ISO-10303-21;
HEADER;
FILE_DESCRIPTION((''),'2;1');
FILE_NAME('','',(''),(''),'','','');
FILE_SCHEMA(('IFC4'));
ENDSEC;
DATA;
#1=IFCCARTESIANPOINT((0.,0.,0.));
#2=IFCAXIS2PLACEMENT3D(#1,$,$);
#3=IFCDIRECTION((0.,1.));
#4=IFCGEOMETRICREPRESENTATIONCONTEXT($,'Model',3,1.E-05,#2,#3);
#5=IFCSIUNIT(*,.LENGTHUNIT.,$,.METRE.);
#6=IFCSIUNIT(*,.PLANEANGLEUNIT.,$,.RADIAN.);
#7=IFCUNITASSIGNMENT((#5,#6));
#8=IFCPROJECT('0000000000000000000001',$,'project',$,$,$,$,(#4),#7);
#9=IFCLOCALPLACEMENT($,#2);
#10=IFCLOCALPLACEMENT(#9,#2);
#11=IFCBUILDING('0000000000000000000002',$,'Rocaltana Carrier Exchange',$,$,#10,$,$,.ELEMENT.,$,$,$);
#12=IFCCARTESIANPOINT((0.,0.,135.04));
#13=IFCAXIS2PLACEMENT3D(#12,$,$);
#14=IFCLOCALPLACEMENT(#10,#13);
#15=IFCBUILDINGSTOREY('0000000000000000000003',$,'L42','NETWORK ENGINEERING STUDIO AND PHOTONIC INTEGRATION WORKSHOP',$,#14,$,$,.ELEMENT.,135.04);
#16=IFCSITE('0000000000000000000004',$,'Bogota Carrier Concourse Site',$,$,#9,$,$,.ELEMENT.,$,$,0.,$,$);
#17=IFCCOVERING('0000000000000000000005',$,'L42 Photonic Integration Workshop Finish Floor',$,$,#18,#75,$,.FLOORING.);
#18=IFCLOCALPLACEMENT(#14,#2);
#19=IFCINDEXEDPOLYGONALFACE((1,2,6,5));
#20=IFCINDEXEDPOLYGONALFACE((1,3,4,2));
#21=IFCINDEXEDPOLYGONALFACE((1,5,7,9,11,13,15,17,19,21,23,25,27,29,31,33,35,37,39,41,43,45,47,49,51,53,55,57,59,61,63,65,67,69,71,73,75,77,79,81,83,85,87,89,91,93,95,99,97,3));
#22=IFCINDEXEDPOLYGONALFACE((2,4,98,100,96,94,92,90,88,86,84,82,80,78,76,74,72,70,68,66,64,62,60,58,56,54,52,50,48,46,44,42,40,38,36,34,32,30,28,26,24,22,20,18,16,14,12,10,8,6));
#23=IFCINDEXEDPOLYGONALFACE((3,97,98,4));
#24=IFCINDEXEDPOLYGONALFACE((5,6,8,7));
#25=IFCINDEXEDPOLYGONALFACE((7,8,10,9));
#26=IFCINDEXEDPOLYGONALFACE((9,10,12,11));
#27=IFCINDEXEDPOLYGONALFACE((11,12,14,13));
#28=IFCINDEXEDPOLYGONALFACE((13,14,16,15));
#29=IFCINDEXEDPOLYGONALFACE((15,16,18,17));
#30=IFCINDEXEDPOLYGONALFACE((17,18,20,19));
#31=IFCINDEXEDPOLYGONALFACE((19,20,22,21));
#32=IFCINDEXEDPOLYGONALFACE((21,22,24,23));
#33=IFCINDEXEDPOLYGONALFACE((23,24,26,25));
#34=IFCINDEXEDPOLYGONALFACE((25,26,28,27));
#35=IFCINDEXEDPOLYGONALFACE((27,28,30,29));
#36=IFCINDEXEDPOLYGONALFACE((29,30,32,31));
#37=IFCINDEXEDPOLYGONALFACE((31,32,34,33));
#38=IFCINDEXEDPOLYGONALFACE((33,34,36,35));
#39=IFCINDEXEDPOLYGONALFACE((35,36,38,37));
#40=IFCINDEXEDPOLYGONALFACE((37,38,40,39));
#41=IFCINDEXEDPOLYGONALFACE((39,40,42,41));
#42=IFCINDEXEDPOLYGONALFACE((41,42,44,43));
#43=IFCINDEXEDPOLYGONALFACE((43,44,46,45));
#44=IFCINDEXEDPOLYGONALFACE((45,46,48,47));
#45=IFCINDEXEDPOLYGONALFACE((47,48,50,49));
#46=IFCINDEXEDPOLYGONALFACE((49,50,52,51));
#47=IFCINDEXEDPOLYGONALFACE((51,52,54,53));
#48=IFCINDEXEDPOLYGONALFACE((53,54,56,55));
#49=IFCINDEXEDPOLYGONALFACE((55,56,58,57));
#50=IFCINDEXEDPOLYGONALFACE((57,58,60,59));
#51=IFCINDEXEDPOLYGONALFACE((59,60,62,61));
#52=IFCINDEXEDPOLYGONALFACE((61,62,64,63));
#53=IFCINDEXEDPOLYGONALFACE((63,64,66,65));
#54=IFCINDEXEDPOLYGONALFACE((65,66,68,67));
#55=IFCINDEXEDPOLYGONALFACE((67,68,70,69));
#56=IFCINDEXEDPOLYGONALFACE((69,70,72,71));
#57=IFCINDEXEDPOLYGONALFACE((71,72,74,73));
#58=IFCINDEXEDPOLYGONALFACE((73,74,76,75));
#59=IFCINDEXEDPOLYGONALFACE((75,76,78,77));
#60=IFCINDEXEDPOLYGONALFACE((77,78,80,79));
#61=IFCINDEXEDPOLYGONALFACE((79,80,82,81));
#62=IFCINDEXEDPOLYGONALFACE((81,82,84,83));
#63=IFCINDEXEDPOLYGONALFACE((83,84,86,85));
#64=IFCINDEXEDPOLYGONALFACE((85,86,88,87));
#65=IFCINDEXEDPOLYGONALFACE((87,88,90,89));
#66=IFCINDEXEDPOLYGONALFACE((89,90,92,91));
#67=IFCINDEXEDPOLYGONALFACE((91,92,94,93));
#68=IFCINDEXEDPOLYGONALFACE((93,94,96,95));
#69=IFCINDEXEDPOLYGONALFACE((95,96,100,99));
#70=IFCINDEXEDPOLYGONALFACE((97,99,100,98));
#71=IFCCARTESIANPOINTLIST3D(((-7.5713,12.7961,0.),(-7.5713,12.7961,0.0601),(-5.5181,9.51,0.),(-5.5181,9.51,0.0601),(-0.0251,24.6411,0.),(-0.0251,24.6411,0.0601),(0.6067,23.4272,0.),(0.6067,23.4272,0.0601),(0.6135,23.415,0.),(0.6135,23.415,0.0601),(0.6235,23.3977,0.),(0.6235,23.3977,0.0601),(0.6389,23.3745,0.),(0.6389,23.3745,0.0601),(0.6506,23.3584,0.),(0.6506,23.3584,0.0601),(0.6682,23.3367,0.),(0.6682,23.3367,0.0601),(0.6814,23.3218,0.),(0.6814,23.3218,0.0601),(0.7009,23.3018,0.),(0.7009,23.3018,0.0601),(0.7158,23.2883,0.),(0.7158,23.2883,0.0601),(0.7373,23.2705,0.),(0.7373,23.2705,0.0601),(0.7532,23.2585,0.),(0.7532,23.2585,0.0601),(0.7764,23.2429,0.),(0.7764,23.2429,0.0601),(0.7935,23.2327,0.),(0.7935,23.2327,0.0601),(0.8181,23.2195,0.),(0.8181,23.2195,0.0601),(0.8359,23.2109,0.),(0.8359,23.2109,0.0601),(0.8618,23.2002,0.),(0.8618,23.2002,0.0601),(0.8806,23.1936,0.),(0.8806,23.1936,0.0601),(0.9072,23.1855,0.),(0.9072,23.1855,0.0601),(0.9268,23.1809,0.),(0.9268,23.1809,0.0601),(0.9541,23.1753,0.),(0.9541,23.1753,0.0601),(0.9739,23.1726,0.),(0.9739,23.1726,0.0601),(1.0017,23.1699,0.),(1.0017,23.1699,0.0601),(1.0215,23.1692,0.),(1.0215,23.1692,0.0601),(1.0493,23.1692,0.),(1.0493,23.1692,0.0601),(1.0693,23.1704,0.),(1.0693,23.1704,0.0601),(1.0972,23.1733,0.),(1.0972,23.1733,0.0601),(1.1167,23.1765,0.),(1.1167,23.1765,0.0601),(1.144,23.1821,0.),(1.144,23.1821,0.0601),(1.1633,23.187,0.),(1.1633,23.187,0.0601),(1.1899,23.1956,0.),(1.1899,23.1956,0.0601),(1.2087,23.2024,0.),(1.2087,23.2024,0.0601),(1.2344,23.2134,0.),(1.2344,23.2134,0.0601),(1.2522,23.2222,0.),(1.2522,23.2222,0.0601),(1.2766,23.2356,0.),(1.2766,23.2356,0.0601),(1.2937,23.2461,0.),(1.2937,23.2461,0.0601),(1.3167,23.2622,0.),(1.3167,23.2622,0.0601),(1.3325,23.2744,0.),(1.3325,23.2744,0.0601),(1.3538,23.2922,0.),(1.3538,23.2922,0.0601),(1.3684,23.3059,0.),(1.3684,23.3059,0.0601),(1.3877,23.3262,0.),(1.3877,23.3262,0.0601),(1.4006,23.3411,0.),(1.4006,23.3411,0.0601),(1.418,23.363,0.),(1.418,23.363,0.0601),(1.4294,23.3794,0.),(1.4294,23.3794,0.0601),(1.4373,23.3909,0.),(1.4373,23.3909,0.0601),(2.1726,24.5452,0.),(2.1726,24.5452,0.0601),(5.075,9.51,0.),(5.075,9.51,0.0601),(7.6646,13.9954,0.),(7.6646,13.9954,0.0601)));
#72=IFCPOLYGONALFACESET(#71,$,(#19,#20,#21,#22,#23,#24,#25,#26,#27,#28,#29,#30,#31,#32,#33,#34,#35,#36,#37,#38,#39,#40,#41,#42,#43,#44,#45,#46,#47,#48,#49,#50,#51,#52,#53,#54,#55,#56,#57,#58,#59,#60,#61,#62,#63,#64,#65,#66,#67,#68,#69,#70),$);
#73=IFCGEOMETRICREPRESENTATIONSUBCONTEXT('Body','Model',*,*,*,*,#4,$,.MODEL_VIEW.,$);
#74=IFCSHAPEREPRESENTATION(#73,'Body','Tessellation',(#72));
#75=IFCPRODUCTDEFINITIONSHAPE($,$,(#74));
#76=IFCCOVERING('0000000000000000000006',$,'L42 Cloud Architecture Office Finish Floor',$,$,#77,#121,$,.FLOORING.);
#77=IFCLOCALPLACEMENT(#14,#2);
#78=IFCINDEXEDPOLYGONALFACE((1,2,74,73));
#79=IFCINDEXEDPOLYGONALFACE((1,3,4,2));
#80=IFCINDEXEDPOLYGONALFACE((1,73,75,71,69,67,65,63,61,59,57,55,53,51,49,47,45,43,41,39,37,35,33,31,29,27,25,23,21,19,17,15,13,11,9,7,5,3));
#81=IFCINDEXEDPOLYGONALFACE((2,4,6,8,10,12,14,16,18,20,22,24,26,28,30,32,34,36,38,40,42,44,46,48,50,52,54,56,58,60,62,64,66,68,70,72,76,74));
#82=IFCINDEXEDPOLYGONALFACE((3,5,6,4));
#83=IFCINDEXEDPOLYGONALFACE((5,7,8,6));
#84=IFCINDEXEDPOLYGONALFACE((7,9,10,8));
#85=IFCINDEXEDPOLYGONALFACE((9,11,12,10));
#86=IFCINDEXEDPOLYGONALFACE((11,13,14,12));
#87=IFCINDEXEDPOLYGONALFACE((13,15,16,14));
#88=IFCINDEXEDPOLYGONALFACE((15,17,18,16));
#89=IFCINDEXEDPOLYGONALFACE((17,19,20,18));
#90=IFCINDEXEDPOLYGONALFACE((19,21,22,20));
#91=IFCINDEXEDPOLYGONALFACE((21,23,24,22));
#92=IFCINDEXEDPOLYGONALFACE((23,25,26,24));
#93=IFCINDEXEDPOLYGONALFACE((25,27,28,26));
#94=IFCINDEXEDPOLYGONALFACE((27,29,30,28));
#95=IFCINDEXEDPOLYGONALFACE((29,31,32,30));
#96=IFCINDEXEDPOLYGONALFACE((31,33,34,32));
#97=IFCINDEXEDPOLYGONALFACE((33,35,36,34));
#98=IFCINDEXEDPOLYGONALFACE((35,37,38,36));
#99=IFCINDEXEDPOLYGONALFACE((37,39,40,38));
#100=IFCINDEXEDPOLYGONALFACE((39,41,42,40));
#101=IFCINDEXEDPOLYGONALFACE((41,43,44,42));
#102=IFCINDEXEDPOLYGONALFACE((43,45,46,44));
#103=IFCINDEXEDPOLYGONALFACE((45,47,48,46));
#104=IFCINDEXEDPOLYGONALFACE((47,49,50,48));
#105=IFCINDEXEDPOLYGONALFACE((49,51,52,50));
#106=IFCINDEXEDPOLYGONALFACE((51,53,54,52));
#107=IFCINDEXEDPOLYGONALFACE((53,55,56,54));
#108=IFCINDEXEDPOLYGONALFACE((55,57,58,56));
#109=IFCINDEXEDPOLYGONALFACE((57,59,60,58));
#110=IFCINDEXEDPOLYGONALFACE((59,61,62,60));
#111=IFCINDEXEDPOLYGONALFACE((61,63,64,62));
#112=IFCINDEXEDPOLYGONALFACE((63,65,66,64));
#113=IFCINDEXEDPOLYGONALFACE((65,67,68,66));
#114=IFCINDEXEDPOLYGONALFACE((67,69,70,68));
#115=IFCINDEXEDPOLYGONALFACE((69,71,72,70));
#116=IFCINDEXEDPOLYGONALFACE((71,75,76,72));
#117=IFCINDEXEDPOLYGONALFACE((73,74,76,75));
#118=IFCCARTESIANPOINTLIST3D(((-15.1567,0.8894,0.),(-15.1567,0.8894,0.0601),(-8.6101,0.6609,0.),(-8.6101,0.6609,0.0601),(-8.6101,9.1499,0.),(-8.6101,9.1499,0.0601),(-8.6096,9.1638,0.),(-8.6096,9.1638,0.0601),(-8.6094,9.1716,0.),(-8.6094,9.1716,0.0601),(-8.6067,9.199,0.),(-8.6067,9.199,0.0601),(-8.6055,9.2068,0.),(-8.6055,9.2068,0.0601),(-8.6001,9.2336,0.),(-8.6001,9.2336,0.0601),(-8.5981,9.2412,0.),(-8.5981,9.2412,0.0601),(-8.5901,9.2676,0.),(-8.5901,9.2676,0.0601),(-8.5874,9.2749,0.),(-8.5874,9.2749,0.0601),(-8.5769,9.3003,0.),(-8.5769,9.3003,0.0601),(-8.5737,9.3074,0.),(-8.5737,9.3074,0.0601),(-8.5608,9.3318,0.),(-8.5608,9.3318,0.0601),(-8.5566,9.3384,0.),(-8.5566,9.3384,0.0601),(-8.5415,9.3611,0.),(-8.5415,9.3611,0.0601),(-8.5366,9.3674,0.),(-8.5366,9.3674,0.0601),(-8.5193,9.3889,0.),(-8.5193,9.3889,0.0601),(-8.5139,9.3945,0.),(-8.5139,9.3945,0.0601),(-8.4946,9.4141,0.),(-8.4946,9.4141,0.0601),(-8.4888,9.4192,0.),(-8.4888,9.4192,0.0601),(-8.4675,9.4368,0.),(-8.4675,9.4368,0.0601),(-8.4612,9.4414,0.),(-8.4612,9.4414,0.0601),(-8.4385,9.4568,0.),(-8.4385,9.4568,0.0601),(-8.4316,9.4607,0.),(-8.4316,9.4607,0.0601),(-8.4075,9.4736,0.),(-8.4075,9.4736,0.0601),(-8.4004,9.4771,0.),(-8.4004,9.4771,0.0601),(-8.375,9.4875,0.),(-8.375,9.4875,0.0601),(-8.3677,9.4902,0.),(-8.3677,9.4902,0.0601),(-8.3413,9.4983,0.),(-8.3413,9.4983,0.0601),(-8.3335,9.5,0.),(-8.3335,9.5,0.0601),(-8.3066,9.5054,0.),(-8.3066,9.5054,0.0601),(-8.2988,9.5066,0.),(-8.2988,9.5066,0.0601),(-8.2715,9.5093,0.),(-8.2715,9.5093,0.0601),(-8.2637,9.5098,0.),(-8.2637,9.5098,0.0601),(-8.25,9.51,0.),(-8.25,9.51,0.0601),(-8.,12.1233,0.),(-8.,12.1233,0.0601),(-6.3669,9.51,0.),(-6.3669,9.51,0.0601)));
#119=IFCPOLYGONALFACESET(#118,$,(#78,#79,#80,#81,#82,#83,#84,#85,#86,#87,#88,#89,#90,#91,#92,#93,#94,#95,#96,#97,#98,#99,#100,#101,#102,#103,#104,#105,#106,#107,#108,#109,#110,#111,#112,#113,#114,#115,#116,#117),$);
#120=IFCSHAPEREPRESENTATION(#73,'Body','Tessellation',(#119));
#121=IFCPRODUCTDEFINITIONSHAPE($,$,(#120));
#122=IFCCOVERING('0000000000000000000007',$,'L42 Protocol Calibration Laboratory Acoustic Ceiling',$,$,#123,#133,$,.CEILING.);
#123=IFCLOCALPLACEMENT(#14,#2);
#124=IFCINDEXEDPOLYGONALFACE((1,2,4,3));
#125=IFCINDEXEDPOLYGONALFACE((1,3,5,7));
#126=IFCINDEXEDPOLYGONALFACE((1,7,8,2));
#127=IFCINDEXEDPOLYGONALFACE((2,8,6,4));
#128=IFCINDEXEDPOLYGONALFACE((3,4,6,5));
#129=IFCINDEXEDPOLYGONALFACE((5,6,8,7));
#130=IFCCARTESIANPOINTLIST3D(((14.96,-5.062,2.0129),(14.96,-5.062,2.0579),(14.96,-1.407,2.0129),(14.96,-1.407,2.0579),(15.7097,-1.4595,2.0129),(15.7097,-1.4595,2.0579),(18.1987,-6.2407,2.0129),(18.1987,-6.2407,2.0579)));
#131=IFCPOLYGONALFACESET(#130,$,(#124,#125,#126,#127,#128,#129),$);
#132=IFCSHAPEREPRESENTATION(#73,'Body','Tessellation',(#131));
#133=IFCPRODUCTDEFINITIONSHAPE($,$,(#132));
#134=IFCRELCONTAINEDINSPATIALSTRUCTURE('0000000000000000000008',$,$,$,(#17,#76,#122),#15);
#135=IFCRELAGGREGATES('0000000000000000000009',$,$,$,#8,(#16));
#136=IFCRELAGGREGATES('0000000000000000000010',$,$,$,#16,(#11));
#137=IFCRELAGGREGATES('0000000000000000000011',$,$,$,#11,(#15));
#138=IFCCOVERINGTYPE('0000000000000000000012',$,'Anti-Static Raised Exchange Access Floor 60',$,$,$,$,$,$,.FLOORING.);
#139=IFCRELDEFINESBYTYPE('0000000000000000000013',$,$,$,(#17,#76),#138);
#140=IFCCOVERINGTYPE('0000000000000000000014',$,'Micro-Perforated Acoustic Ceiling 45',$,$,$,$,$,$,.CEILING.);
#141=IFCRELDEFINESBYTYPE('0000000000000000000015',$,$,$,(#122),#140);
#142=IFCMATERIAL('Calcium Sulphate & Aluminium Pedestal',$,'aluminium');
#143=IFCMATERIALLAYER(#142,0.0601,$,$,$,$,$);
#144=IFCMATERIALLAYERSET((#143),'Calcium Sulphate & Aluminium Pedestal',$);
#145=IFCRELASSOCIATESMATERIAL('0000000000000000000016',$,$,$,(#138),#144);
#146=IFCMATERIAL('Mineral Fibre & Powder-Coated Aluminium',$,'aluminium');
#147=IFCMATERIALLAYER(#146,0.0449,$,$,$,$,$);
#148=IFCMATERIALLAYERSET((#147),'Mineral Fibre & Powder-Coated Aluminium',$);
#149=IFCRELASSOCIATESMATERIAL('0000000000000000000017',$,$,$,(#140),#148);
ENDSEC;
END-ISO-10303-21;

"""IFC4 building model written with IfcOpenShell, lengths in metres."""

from ifc_helpers import new_model, si_unit, direction, frame, origin, place, context, subcontext, project, spatial, polyline, outline, extrude, material, layer, layer_set, type_object, element, save


model = new_model("IFC4")

# Units and contexts
model_context = context("Model", 3, precision=1e-05, world=origin(), true_north=direction((0.0, 1.0)))
body_context = subcontext(model_context, "Body", "Model", "MODEL_VIEW")
ifc_project = project(units=[si_unit("LENGTHUNIT", "METRE"), si_unit("PLANEANGLEUNIT", "RADIAN")], contexts=[model_context])

# Site, building, storey
site_placement = place(None, origin())
site = spatial("IfcSite", under=ifc_project, at=site_placement, Name="Bogota Carrier Concourse Site", CompositionType="ELEMENT", RefElevation=0.0)
building_placement = place(site_placement, origin())
building = spatial("IfcBuilding", under=site, at=building_placement, Name="Rocaltana Carrier Exchange", CompositionType="ELEMENT")
storey_placement = place(building_placement, frame((0.0, 0.0, 135.04)))
storey = spatial("IfcBuildingStorey", under=building, at=storey_placement, Name="L42", Description="NETWORK ENGINEERING STUDIO AND PHOTONIC INTEGRATION WORKSHOP", CompositionType="ELEMENT", Elevation=135.04)

# Coverings
ifc_material_1 = material(Name="Calcium Sulphate & Aluminium Pedestal", Category="aluminium")
ifc_layer_1 = layer(ifc_material_1, 0.0601)
ifc_layer_set_1 = layer_set([ifc_layer_1], Name="Calcium Sulphate & Aluminium Pedestal")
covering_type_1 = type_object("IfcCoveringType", Name="Anti-Static Raised Exchange Access Floor 60", PredefinedType="FLOORING", material=ifc_layer_set_1)
covering_1_placement = place(storey_placement, origin())
element("IfcCovering", 1, at=covering_1_placement, inside=storey, type_object=covering_type_1, Name="L42 Photonic Integration Workshop Finish Floor", PredefinedType="FLOORING", context=body_context, shape_type="SweptSolid", body=[
    extrude(outline(polyline([(-0.0251, 24.6411), (0.6067, 23.4272), (0.6135, 23.415), (0.6235, 23.3977), (0.6389, 23.3745), (0.6506, 23.3584), (0.6682, 23.3367), (0.6814, 23.3218), (0.7009, 23.3018), (0.7158, 23.2883), (0.7373, 23.2705), (0.7532, 23.2585), (0.7764, 23.2429), (0.7935, 23.2327), (0.8181, 23.2195), (0.8359, 23.2109), (0.8618, 23.2002), (0.8806, 23.1936), (0.9072, 23.1855), (0.9268, 23.1809), (0.9541, 23.1753), (0.9739, 23.1726), (1.0017, 23.1699), (1.0215, 23.1692), (1.0493, 23.1692), (1.0693, 23.1704), (1.0972, 23.1733), (1.1167, 23.1765), (1.144, 23.1821), (1.1633, 23.187), (1.1899, 23.1956), (1.2087, 23.2024), (1.2344, 23.2134), (1.2522, 23.2222), (1.2766, 23.2356), (1.2937, 23.2461), (1.3167, 23.2622), (1.3325, 23.2744), (1.3538, 23.2922), (1.3684, 23.3059), (1.3877, 23.3262), (1.4006, 23.3411), (1.418, 23.363), (1.4294, 23.3794), (1.4373, 23.3909), (2.1726, 24.5452), (7.6646, 13.9954), (5.075, 9.51), (-5.5181, 9.51), (-7.5713, 12.7961), (-0.0251, 24.6411)])), origin(), (0.0, 0.0, 1.0), 0.0601),
])
covering_2_placement = place(storey_placement, origin())
element("IfcCovering", 2, at=covering_2_placement, inside=storey, type_object=covering_type_1, Name="L42 Cloud Architecture Office Finish Floor", PredefinedType="FLOORING", context=body_context, shape_type="SweptSolid", body=[
    extrude(outline(polyline([(-8.0, 12.1233), (-6.3669, 9.51), (-8.25, 9.51), (-8.2637, 9.5098), (-8.2715, 9.5093), (-8.2988, 9.5066), (-8.3066, 9.5054), (-8.3335, 9.5), (-8.3413, 9.4983), (-8.3677, 9.4902), (-8.375, 9.4875), (-8.4004, 9.4771), (-8.4075, 9.4736), (-8.4316, 9.4607), (-8.4385, 9.4568), (-8.4612, 9.4414), (-8.4675, 9.4368), (-8.4888, 9.4192), (-8.4946, 9.4141), (-8.5139, 9.3945), (-8.5193, 9.3889), (-8.5366, 9.3674), (-8.5415, 9.3611), (-8.5566, 9.3384), (-8.5608, 9.3318), (-8.5737, 9.3074), (-8.5769, 9.3003), (-8.5874, 9.2749), (-8.5901, 9.2676), (-8.5981, 9.2412), (-8.6001, 9.2336), (-8.6055, 9.2068), (-8.6067, 9.199), (-8.6094, 9.1716), (-8.6096, 9.1638), (-8.6101, 9.1499), (-8.6101, 0.6609), (-15.1567, 0.8894), (-8.0, 12.1233)])), origin(), (0.0, 0.0, 1.0), 0.0601),
])
ifc_material_2 = material(Name="Mineral Fibre & Powder-Coated Aluminium", Category="aluminium")
ifc_layer_2 = layer(ifc_material_2, 0.0449)
ifc_layer_set_2 = layer_set([ifc_layer_2], Name="Mineral Fibre & Powder-Coated Aluminium")
covering_type_2 = type_object("IfcCoveringType", Name="Micro-Perforated Acoustic Ceiling 45", PredefinedType="CEILING", material=ifc_layer_set_2)
covering_3_placement = place(storey_placement, frame((0.0, 0.0, 2.0129)))
element("IfcCovering", 3, at=covering_3_placement, inside=storey, type_object=covering_type_2, Name="L42 Protocol Calibration Laboratory Acoustic Ceiling", PredefinedType="CEILING", context=body_context, shape_type="SweptSolid", body=[
    extrude(outline(polyline([(18.1987, -6.2407), (14.96, -5.062), (14.96, -1.407), (15.7097, -1.4595), (18.1987, -6.2407)])), origin(), (0.0, 0.0, 1.0), 0.0449),
])

save(model, "model.ifc")
